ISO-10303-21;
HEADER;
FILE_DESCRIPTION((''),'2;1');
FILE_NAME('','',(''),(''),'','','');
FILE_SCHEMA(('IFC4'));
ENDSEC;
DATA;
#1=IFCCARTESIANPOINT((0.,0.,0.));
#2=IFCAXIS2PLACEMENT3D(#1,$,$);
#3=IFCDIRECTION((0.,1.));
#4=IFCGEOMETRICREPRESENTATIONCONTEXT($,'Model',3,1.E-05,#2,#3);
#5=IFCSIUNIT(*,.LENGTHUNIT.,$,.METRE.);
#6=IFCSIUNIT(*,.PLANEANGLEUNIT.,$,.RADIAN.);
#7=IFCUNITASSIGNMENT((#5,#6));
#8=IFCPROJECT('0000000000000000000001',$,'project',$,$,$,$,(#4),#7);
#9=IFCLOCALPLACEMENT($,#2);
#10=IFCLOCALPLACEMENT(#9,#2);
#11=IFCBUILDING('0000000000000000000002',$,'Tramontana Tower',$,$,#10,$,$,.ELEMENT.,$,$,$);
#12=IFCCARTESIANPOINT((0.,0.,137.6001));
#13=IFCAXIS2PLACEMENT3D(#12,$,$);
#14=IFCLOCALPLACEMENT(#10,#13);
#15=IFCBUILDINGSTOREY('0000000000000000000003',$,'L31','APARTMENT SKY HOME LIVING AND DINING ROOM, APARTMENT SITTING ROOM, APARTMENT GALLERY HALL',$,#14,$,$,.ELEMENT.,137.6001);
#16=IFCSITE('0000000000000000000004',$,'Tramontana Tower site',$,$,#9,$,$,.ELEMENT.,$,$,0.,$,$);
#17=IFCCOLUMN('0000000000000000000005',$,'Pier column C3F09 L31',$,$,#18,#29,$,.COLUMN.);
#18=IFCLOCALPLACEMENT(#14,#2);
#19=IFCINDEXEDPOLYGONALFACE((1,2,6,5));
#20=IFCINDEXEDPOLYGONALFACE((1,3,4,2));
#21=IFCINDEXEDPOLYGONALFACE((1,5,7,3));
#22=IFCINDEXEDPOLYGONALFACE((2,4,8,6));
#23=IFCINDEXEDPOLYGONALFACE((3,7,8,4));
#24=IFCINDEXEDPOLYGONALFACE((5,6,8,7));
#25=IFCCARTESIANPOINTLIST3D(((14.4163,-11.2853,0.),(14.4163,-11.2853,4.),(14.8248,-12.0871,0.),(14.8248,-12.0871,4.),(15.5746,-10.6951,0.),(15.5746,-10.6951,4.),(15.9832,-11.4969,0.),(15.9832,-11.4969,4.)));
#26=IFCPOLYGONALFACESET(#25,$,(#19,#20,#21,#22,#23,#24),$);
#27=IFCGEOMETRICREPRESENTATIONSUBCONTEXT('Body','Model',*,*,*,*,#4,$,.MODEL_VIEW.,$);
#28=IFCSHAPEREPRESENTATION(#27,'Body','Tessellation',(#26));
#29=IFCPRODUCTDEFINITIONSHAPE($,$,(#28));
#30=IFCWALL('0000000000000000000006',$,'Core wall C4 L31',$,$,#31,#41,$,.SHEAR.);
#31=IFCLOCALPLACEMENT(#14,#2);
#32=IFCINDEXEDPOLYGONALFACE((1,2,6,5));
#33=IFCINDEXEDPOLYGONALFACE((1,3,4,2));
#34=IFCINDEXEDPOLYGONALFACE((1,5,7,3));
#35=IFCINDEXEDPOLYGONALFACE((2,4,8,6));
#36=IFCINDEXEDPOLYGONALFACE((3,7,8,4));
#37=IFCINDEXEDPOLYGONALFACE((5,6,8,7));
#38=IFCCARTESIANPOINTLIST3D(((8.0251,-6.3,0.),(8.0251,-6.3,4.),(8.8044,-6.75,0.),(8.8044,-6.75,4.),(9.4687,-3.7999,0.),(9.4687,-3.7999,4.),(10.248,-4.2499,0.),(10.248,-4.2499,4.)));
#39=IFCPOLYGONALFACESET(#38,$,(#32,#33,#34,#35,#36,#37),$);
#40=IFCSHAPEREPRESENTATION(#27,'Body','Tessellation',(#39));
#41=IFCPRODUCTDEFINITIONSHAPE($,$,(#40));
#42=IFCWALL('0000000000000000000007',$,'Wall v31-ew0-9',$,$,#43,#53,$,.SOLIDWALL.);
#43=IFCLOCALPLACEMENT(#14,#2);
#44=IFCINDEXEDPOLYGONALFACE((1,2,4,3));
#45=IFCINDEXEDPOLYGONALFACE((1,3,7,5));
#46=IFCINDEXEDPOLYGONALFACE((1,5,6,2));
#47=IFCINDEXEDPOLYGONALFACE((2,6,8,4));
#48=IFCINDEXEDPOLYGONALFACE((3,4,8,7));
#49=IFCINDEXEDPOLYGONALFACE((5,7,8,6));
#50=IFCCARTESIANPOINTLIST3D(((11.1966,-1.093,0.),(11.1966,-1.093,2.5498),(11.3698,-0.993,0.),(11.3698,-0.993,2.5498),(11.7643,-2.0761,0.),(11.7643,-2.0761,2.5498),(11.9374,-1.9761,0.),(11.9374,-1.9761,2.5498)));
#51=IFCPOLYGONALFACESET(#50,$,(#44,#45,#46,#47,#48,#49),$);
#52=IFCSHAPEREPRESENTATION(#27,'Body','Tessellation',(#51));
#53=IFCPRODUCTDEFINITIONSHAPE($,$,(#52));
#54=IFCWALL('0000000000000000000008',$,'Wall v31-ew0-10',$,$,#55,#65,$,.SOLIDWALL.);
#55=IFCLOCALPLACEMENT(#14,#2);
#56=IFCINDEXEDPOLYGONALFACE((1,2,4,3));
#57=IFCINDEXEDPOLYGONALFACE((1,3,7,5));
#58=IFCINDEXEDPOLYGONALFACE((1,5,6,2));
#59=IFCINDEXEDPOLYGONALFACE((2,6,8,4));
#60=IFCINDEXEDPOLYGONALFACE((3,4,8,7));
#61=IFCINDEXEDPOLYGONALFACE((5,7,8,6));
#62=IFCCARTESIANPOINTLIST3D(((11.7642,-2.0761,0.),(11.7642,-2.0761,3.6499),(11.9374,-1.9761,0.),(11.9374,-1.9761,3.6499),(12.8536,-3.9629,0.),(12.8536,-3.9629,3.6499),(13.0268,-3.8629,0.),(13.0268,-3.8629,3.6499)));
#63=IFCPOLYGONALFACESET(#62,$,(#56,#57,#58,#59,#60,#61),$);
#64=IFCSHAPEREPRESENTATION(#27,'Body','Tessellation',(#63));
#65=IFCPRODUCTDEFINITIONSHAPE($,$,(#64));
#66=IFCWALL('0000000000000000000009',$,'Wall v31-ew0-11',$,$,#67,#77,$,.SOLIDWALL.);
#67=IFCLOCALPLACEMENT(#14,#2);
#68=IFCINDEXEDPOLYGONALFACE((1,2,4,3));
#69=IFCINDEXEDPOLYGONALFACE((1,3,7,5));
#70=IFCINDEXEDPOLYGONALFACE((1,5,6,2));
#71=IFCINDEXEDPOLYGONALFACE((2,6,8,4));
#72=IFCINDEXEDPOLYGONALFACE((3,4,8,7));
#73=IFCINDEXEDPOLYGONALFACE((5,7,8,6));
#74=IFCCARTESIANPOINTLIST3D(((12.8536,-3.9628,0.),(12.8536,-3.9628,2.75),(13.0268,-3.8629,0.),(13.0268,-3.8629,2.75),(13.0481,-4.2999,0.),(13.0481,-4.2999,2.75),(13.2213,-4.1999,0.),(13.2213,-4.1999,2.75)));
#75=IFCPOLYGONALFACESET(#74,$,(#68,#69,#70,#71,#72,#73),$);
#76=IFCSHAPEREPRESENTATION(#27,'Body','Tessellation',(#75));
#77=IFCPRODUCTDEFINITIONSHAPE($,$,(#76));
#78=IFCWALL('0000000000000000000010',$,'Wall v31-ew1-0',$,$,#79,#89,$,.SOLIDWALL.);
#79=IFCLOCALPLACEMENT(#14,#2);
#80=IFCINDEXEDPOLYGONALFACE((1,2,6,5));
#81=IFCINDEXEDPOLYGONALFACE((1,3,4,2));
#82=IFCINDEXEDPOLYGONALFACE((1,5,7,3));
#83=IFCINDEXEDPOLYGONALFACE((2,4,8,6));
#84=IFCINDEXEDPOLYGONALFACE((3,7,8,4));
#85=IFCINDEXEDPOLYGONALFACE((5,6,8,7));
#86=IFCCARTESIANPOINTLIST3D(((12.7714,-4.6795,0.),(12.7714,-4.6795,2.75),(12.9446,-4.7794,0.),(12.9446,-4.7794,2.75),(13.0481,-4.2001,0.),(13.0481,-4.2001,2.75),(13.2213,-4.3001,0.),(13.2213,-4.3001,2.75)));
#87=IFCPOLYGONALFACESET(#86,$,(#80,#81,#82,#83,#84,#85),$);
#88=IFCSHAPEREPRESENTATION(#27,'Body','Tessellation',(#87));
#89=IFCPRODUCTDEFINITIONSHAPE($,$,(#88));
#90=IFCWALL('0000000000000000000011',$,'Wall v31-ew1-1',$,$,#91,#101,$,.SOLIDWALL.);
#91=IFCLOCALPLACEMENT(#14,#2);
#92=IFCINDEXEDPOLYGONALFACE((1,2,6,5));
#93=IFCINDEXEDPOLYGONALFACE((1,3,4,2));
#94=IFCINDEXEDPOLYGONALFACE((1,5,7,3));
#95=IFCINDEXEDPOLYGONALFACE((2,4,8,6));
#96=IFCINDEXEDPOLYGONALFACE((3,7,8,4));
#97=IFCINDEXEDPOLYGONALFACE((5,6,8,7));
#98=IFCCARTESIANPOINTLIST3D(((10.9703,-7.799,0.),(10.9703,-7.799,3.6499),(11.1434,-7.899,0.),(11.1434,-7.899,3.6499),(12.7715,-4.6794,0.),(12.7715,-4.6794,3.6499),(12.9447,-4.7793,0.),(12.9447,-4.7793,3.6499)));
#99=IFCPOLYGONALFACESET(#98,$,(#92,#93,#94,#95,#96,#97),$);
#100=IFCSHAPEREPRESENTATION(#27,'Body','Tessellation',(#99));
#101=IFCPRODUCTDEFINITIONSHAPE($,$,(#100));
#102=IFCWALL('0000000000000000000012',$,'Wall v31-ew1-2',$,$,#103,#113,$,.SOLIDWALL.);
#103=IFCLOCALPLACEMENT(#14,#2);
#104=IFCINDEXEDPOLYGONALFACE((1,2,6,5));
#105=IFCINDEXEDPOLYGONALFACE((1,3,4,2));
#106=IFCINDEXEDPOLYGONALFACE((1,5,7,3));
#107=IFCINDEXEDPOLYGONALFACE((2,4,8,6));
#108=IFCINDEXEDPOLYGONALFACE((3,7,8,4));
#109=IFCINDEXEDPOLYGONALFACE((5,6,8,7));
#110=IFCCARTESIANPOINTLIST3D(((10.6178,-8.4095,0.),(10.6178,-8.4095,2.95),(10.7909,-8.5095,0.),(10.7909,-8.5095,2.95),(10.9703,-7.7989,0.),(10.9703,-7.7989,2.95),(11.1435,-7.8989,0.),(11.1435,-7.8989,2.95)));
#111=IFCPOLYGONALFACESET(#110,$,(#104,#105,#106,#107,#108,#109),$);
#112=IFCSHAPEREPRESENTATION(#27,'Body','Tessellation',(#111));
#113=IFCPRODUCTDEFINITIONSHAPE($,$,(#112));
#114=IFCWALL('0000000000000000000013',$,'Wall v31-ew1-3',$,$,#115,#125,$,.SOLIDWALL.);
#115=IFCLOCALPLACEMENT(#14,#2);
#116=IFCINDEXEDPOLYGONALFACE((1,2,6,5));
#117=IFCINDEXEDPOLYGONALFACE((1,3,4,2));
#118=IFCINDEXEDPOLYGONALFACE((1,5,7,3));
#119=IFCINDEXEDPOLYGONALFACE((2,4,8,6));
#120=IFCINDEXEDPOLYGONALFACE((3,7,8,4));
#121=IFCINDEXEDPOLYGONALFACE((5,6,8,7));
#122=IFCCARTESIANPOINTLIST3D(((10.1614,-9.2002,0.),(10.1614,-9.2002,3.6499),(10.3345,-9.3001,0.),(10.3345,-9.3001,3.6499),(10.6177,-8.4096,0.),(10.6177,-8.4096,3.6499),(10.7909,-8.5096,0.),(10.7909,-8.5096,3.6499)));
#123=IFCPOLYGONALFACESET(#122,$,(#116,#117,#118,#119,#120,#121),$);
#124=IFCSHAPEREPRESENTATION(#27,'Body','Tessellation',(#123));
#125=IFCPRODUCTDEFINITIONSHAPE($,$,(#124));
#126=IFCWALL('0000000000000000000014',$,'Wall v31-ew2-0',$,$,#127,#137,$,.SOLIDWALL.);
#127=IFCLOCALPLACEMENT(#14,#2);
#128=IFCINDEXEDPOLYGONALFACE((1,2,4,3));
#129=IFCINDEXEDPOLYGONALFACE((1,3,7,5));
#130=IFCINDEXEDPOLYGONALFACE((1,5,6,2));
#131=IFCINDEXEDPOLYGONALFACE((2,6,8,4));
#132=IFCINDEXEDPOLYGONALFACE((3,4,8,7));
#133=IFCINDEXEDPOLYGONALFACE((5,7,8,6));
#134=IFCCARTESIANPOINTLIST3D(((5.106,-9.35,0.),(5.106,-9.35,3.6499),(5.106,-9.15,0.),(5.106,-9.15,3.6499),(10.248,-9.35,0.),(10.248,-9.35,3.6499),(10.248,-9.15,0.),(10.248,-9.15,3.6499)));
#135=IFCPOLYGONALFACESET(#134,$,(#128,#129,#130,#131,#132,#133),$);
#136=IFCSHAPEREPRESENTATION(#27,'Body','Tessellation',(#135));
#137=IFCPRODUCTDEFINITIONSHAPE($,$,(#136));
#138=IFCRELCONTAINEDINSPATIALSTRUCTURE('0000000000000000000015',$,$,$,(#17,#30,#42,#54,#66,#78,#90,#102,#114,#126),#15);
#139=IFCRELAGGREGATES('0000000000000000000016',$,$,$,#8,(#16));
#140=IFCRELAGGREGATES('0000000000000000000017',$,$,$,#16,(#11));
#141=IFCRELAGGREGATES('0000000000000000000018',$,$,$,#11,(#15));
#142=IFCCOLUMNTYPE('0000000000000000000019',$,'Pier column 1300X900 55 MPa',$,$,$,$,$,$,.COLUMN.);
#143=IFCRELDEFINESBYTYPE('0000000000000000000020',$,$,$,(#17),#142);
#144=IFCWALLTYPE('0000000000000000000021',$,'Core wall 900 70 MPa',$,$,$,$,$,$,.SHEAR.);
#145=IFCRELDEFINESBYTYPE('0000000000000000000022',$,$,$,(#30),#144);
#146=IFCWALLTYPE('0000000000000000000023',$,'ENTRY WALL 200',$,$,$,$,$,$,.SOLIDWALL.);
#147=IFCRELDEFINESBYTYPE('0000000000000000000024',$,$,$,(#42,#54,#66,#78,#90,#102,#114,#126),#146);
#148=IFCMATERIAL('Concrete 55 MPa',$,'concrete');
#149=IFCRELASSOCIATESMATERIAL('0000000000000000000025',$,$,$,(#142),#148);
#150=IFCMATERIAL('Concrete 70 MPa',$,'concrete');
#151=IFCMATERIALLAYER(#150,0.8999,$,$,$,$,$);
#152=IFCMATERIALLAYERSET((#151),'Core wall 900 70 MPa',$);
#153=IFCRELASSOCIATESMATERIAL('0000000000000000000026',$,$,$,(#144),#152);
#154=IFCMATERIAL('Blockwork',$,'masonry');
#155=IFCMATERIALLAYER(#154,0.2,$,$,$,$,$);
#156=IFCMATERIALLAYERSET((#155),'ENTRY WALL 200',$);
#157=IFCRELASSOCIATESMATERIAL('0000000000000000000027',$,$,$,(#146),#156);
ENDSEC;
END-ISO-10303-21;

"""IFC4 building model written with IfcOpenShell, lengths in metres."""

from ifc_helpers import new_model, si_unit, direction, frame, frame_2d, origin, origin_2d, place, context, subcontext, project, spatial, rectangle, extrude, material, layer, layer_set, material_profile, profile_set, type_object, element, save


model = new_model("IFC4")

# Units and contexts
model_context = context("Model", 3, precision=1e-05, world=origin(), true_north=direction((0.0, 1.0)))
body_context = subcontext(model_context, "Body", "Model", "MODEL_VIEW")
ifc_project = project(units=[si_unit("LENGTHUNIT", "METRE"), si_unit("PLANEANGLEUNIT", "RADIAN")], contexts=[model_context])

# Site, building, storey
site_placement = place(None, origin())
site = spatial("IfcSite", under=ifc_project, at=site_placement, Name="Tramontana Tower site", CompositionType="ELEMENT", RefElevation=0.0)
building_placement = place(site_placement, origin())
building = spatial("IfcBuilding", under=site, at=building_placement, Name="Tramontana Tower", CompositionType="ELEMENT")
storey_placement = place(building_placement, frame((0.0, 0.0, 137.6001)))
storey = spatial("IfcBuildingStorey", under=building, at=storey_placement, Name="L31", Description="APARTMENT SKY HOME LIVING AND DINING ROOM, APARTMENT SITTING ROOM, APARTMENT GALLERY HALL", CompositionType="ELEMENT", Elevation=137.6001)

# Column
ifc_material_1 = material(Name="Concrete 55 MPa", Category="concrete")
ifc_material_profile = material_profile(ifc_material_1, rectangle(XDim=1.3, YDim=0.8999, at=origin_2d()), Name="Pier column 1300X900 55 MPa")
ifc_profile_set = profile_set([ifc_material_profile], Name="Concrete 55 MPa")
column_type = type_object("IfcColumnType", Name="Pier column 1300X900 55 MPa", PredefinedType="COLUMN", material=ifc_profile_set)
column_placement = place(storey_placement, frame((15.1997, -11.3911, 0.0), z_axis=(0.0, 0.0, 1.0), x_axis=(0.891007, 0.45399, 0.0)))
element("IfcColumn", 1, at=column_placement, inside=storey, type_object=column_type, Name="Pier column C3F09 L31", PredefinedType="COLUMN", context=body_context, shape_type="SweptSolid", body=[
    extrude(rectangle(XDim=1.3, YDim=0.8999, at=origin_2d()), origin(), (0.0, 0.0, 1.0), 4.0),
])

# Wall
ifc_material_2 = material(Name="Concrete 70 MPa", Category="concrete")
ifc_layer_1 = layer(ifc_material_2, 0.8999)
ifc_layer_set_1 = layer_set([ifc_layer_1], Name="Core wall 900 70 MPa")
wall_type_1 = type_object("IfcWallType", Name="Core wall 900 70 MPa", PredefinedType="SHEAR", material=ifc_layer_set_1)
wall_1_placement = place(storey_placement, frame((8.4148, -6.5249, 0.0), z_axis=(0.0, 0.0, 1.0), x_axis=(0.500059, 0.865991, 0.0)))
element("IfcWall", 2, at=wall_1_placement, inside=storey, type_object=wall_type_1, Name="Core wall C4 L31", PredefinedType="SHEAR", context=body_context, shape_type="SweptSolid", body=[
    extrude(rectangle(XDim=2.887, YDim=0.8999, at=frame_2d((1.4434, 0.0))), origin(), (0.0, 0.0, 1.0), 4.0),
])

# Walls
ifc_material_3 = material(Name="Blockwork", Category="masonry")
ifc_layer_2 = layer(ifc_material_3, 0.2)
ifc_layer_set_2 = layer_set([ifc_layer_2], Name="ENTRY WALL 200")
wall_type_2 = type_object("IfcWallType", Name="ENTRY WALL 200", PredefinedType="SOLIDWALL", material=ifc_layer_set_2)
wall_2_placement = place(storey_placement, frame((11.2832, -1.043, 0.0), z_axis=(0.0, 0.0, 1.0), x_axis=(0.500002, -0.866024, 0.0)))
element("IfcWall", 3, at=wall_2_placement, inside=storey, type_object=wall_type_2, Name="Wall v31-ew0-9", PredefinedType="SOLIDWALL", context=body_context, shape_type="SweptSolid", body=[
    extrude(rectangle(XDim=1.1353, YDim=0.2, at=frame_2d((0.5676, 0.0))), origin(), (0.0, 0.0, 1.0), 2.5498),
])
wall_3_placement = place(storey_placement, frame((11.8508, -2.0261, 0.0), z_axis=(0.0, 0.0, 1.0), x_axis=(0.50002, -0.866014, 0.0)))
element("IfcWall", 4, at=wall_3_placement, inside=storey, type_object=wall_type_2, Name="Wall v31-ew0-10", PredefinedType="SOLIDWALL", context=body_context, shape_type="SweptSolid", body=[
    extrude(rectangle(XDim=2.1787, YDim=0.2, at=frame_2d((1.0894, 0.0))), origin(), (0.0, 0.0, 1.0), 3.6499),
])
wall_4_placement = place(storey_placement, frame((12.9402, -3.9128, 0.0), z_axis=(0.0, 0.0, 1.0), x_axis=(0.499849, -0.866112, 0.0)))
element("IfcWall", 5, at=wall_4_placement, inside=storey, type_object=wall_type_2, Name="Wall v31-ew0-11", PredefinedType="SOLIDWALL", context=body_context, shape_type="SweptSolid", body=[
    extrude(rectangle(XDim=0.3892, YDim=0.2, at=frame_2d((0.1946, 0.0))), origin(), (0.0, 0.0, 1.0), 2.75),
])
wall_5_placement = place(storey_placement, frame((13.1348, -4.25, 0.0), z_axis=(0.0, 0.0, 1.0), x_axis=(-0.499888, -0.86609, 0.0)))
element("IfcWall", 6, at=wall_5_placement, inside=storey, type_object=wall_type_2, Name="Wall v31-ew1-0", PredefinedType="SOLIDWALL", context=body_context, shape_type="SweptSolid", body=[
    extrude(rectangle(XDim=0.5535, YDim=0.2, at=frame_2d((0.2769, 0.0))), origin(), (0.0, 0.0, 1.0), 2.75),
])
wall_6_placement = place(storey_placement, frame((12.8582, -4.7292, 0.0), z_axis=(0.0, 0.0, 1.0), x_axis=(-0.500031, -0.866007, 0.0)))
element("IfcWall", 7, at=wall_6_placement, inside=storey, type_object=wall_type_2, Name="Wall v31-ew1-1", PredefinedType="SOLIDWALL", context=body_context, shape_type="SweptSolid", body=[
    extrude(rectangle(XDim=3.6023, YDim=0.2, at=frame_2d((1.8013, 0.0))), origin(), (0.0, 0.0, 1.0), 3.6499),
])
wall_7_placement = place(storey_placement, frame((11.0569, -7.8489, 0.0), z_axis=(0.0, 0.0, 1.0), x_axis=(-0.500012, -0.866018, 0.0)))
element("IfcWall", 8, at=wall_7_placement, inside=storey, type_object=wall_type_2, Name="Wall v31-ew1-2", PredefinedType="SOLIDWALL", context=body_context, shape_type="SweptSolid", body=[
    extrude(rectangle(XDim=0.7051, YDim=0.2, at=frame_2d((0.3525, 0.0))), origin(), (0.0, 0.0, 1.0), 2.95),
])
wall_8_placement = place(storey_placement, frame((10.7043, -8.4595, 0.0), z_axis=(0.0, 0.0, 1.0), x_axis=(-0.499908, -0.866079, 0.0)))
element("IfcWall", 9, at=wall_8_placement, inside=storey, type_object=wall_type_2, Name="Wall v31-ew1-3", PredefinedType="SOLIDWALL", context=body_context, shape_type="SweptSolid", body=[
    extrude(rectangle(XDim=0.9128, YDim=0.2, at=frame_2d((0.4565, 0.0))), origin(), (0.0, 0.0, 1.0), 3.6499),
])
wall_9_placement = place(storey_placement, frame((10.248, -9.25, 0.0), z_axis=(0.0, 0.0, 1.0), x_axis=(-1.0, 0.0, 0.0)))
element("IfcWall", 10, at=wall_9_placement, inside=storey, type_object=wall_type_2, Name="Wall v31-ew2-0", PredefinedType="SOLIDWALL", context=body_context, shape_type="SweptSolid", body=[
    extrude(rectangle(XDim=5.1421, YDim=0.2, at=frame_2d((2.571, 0.0))), origin(), (0.0, 0.0, 1.0), 3.6499),
])

save(model, "model.ifc")
